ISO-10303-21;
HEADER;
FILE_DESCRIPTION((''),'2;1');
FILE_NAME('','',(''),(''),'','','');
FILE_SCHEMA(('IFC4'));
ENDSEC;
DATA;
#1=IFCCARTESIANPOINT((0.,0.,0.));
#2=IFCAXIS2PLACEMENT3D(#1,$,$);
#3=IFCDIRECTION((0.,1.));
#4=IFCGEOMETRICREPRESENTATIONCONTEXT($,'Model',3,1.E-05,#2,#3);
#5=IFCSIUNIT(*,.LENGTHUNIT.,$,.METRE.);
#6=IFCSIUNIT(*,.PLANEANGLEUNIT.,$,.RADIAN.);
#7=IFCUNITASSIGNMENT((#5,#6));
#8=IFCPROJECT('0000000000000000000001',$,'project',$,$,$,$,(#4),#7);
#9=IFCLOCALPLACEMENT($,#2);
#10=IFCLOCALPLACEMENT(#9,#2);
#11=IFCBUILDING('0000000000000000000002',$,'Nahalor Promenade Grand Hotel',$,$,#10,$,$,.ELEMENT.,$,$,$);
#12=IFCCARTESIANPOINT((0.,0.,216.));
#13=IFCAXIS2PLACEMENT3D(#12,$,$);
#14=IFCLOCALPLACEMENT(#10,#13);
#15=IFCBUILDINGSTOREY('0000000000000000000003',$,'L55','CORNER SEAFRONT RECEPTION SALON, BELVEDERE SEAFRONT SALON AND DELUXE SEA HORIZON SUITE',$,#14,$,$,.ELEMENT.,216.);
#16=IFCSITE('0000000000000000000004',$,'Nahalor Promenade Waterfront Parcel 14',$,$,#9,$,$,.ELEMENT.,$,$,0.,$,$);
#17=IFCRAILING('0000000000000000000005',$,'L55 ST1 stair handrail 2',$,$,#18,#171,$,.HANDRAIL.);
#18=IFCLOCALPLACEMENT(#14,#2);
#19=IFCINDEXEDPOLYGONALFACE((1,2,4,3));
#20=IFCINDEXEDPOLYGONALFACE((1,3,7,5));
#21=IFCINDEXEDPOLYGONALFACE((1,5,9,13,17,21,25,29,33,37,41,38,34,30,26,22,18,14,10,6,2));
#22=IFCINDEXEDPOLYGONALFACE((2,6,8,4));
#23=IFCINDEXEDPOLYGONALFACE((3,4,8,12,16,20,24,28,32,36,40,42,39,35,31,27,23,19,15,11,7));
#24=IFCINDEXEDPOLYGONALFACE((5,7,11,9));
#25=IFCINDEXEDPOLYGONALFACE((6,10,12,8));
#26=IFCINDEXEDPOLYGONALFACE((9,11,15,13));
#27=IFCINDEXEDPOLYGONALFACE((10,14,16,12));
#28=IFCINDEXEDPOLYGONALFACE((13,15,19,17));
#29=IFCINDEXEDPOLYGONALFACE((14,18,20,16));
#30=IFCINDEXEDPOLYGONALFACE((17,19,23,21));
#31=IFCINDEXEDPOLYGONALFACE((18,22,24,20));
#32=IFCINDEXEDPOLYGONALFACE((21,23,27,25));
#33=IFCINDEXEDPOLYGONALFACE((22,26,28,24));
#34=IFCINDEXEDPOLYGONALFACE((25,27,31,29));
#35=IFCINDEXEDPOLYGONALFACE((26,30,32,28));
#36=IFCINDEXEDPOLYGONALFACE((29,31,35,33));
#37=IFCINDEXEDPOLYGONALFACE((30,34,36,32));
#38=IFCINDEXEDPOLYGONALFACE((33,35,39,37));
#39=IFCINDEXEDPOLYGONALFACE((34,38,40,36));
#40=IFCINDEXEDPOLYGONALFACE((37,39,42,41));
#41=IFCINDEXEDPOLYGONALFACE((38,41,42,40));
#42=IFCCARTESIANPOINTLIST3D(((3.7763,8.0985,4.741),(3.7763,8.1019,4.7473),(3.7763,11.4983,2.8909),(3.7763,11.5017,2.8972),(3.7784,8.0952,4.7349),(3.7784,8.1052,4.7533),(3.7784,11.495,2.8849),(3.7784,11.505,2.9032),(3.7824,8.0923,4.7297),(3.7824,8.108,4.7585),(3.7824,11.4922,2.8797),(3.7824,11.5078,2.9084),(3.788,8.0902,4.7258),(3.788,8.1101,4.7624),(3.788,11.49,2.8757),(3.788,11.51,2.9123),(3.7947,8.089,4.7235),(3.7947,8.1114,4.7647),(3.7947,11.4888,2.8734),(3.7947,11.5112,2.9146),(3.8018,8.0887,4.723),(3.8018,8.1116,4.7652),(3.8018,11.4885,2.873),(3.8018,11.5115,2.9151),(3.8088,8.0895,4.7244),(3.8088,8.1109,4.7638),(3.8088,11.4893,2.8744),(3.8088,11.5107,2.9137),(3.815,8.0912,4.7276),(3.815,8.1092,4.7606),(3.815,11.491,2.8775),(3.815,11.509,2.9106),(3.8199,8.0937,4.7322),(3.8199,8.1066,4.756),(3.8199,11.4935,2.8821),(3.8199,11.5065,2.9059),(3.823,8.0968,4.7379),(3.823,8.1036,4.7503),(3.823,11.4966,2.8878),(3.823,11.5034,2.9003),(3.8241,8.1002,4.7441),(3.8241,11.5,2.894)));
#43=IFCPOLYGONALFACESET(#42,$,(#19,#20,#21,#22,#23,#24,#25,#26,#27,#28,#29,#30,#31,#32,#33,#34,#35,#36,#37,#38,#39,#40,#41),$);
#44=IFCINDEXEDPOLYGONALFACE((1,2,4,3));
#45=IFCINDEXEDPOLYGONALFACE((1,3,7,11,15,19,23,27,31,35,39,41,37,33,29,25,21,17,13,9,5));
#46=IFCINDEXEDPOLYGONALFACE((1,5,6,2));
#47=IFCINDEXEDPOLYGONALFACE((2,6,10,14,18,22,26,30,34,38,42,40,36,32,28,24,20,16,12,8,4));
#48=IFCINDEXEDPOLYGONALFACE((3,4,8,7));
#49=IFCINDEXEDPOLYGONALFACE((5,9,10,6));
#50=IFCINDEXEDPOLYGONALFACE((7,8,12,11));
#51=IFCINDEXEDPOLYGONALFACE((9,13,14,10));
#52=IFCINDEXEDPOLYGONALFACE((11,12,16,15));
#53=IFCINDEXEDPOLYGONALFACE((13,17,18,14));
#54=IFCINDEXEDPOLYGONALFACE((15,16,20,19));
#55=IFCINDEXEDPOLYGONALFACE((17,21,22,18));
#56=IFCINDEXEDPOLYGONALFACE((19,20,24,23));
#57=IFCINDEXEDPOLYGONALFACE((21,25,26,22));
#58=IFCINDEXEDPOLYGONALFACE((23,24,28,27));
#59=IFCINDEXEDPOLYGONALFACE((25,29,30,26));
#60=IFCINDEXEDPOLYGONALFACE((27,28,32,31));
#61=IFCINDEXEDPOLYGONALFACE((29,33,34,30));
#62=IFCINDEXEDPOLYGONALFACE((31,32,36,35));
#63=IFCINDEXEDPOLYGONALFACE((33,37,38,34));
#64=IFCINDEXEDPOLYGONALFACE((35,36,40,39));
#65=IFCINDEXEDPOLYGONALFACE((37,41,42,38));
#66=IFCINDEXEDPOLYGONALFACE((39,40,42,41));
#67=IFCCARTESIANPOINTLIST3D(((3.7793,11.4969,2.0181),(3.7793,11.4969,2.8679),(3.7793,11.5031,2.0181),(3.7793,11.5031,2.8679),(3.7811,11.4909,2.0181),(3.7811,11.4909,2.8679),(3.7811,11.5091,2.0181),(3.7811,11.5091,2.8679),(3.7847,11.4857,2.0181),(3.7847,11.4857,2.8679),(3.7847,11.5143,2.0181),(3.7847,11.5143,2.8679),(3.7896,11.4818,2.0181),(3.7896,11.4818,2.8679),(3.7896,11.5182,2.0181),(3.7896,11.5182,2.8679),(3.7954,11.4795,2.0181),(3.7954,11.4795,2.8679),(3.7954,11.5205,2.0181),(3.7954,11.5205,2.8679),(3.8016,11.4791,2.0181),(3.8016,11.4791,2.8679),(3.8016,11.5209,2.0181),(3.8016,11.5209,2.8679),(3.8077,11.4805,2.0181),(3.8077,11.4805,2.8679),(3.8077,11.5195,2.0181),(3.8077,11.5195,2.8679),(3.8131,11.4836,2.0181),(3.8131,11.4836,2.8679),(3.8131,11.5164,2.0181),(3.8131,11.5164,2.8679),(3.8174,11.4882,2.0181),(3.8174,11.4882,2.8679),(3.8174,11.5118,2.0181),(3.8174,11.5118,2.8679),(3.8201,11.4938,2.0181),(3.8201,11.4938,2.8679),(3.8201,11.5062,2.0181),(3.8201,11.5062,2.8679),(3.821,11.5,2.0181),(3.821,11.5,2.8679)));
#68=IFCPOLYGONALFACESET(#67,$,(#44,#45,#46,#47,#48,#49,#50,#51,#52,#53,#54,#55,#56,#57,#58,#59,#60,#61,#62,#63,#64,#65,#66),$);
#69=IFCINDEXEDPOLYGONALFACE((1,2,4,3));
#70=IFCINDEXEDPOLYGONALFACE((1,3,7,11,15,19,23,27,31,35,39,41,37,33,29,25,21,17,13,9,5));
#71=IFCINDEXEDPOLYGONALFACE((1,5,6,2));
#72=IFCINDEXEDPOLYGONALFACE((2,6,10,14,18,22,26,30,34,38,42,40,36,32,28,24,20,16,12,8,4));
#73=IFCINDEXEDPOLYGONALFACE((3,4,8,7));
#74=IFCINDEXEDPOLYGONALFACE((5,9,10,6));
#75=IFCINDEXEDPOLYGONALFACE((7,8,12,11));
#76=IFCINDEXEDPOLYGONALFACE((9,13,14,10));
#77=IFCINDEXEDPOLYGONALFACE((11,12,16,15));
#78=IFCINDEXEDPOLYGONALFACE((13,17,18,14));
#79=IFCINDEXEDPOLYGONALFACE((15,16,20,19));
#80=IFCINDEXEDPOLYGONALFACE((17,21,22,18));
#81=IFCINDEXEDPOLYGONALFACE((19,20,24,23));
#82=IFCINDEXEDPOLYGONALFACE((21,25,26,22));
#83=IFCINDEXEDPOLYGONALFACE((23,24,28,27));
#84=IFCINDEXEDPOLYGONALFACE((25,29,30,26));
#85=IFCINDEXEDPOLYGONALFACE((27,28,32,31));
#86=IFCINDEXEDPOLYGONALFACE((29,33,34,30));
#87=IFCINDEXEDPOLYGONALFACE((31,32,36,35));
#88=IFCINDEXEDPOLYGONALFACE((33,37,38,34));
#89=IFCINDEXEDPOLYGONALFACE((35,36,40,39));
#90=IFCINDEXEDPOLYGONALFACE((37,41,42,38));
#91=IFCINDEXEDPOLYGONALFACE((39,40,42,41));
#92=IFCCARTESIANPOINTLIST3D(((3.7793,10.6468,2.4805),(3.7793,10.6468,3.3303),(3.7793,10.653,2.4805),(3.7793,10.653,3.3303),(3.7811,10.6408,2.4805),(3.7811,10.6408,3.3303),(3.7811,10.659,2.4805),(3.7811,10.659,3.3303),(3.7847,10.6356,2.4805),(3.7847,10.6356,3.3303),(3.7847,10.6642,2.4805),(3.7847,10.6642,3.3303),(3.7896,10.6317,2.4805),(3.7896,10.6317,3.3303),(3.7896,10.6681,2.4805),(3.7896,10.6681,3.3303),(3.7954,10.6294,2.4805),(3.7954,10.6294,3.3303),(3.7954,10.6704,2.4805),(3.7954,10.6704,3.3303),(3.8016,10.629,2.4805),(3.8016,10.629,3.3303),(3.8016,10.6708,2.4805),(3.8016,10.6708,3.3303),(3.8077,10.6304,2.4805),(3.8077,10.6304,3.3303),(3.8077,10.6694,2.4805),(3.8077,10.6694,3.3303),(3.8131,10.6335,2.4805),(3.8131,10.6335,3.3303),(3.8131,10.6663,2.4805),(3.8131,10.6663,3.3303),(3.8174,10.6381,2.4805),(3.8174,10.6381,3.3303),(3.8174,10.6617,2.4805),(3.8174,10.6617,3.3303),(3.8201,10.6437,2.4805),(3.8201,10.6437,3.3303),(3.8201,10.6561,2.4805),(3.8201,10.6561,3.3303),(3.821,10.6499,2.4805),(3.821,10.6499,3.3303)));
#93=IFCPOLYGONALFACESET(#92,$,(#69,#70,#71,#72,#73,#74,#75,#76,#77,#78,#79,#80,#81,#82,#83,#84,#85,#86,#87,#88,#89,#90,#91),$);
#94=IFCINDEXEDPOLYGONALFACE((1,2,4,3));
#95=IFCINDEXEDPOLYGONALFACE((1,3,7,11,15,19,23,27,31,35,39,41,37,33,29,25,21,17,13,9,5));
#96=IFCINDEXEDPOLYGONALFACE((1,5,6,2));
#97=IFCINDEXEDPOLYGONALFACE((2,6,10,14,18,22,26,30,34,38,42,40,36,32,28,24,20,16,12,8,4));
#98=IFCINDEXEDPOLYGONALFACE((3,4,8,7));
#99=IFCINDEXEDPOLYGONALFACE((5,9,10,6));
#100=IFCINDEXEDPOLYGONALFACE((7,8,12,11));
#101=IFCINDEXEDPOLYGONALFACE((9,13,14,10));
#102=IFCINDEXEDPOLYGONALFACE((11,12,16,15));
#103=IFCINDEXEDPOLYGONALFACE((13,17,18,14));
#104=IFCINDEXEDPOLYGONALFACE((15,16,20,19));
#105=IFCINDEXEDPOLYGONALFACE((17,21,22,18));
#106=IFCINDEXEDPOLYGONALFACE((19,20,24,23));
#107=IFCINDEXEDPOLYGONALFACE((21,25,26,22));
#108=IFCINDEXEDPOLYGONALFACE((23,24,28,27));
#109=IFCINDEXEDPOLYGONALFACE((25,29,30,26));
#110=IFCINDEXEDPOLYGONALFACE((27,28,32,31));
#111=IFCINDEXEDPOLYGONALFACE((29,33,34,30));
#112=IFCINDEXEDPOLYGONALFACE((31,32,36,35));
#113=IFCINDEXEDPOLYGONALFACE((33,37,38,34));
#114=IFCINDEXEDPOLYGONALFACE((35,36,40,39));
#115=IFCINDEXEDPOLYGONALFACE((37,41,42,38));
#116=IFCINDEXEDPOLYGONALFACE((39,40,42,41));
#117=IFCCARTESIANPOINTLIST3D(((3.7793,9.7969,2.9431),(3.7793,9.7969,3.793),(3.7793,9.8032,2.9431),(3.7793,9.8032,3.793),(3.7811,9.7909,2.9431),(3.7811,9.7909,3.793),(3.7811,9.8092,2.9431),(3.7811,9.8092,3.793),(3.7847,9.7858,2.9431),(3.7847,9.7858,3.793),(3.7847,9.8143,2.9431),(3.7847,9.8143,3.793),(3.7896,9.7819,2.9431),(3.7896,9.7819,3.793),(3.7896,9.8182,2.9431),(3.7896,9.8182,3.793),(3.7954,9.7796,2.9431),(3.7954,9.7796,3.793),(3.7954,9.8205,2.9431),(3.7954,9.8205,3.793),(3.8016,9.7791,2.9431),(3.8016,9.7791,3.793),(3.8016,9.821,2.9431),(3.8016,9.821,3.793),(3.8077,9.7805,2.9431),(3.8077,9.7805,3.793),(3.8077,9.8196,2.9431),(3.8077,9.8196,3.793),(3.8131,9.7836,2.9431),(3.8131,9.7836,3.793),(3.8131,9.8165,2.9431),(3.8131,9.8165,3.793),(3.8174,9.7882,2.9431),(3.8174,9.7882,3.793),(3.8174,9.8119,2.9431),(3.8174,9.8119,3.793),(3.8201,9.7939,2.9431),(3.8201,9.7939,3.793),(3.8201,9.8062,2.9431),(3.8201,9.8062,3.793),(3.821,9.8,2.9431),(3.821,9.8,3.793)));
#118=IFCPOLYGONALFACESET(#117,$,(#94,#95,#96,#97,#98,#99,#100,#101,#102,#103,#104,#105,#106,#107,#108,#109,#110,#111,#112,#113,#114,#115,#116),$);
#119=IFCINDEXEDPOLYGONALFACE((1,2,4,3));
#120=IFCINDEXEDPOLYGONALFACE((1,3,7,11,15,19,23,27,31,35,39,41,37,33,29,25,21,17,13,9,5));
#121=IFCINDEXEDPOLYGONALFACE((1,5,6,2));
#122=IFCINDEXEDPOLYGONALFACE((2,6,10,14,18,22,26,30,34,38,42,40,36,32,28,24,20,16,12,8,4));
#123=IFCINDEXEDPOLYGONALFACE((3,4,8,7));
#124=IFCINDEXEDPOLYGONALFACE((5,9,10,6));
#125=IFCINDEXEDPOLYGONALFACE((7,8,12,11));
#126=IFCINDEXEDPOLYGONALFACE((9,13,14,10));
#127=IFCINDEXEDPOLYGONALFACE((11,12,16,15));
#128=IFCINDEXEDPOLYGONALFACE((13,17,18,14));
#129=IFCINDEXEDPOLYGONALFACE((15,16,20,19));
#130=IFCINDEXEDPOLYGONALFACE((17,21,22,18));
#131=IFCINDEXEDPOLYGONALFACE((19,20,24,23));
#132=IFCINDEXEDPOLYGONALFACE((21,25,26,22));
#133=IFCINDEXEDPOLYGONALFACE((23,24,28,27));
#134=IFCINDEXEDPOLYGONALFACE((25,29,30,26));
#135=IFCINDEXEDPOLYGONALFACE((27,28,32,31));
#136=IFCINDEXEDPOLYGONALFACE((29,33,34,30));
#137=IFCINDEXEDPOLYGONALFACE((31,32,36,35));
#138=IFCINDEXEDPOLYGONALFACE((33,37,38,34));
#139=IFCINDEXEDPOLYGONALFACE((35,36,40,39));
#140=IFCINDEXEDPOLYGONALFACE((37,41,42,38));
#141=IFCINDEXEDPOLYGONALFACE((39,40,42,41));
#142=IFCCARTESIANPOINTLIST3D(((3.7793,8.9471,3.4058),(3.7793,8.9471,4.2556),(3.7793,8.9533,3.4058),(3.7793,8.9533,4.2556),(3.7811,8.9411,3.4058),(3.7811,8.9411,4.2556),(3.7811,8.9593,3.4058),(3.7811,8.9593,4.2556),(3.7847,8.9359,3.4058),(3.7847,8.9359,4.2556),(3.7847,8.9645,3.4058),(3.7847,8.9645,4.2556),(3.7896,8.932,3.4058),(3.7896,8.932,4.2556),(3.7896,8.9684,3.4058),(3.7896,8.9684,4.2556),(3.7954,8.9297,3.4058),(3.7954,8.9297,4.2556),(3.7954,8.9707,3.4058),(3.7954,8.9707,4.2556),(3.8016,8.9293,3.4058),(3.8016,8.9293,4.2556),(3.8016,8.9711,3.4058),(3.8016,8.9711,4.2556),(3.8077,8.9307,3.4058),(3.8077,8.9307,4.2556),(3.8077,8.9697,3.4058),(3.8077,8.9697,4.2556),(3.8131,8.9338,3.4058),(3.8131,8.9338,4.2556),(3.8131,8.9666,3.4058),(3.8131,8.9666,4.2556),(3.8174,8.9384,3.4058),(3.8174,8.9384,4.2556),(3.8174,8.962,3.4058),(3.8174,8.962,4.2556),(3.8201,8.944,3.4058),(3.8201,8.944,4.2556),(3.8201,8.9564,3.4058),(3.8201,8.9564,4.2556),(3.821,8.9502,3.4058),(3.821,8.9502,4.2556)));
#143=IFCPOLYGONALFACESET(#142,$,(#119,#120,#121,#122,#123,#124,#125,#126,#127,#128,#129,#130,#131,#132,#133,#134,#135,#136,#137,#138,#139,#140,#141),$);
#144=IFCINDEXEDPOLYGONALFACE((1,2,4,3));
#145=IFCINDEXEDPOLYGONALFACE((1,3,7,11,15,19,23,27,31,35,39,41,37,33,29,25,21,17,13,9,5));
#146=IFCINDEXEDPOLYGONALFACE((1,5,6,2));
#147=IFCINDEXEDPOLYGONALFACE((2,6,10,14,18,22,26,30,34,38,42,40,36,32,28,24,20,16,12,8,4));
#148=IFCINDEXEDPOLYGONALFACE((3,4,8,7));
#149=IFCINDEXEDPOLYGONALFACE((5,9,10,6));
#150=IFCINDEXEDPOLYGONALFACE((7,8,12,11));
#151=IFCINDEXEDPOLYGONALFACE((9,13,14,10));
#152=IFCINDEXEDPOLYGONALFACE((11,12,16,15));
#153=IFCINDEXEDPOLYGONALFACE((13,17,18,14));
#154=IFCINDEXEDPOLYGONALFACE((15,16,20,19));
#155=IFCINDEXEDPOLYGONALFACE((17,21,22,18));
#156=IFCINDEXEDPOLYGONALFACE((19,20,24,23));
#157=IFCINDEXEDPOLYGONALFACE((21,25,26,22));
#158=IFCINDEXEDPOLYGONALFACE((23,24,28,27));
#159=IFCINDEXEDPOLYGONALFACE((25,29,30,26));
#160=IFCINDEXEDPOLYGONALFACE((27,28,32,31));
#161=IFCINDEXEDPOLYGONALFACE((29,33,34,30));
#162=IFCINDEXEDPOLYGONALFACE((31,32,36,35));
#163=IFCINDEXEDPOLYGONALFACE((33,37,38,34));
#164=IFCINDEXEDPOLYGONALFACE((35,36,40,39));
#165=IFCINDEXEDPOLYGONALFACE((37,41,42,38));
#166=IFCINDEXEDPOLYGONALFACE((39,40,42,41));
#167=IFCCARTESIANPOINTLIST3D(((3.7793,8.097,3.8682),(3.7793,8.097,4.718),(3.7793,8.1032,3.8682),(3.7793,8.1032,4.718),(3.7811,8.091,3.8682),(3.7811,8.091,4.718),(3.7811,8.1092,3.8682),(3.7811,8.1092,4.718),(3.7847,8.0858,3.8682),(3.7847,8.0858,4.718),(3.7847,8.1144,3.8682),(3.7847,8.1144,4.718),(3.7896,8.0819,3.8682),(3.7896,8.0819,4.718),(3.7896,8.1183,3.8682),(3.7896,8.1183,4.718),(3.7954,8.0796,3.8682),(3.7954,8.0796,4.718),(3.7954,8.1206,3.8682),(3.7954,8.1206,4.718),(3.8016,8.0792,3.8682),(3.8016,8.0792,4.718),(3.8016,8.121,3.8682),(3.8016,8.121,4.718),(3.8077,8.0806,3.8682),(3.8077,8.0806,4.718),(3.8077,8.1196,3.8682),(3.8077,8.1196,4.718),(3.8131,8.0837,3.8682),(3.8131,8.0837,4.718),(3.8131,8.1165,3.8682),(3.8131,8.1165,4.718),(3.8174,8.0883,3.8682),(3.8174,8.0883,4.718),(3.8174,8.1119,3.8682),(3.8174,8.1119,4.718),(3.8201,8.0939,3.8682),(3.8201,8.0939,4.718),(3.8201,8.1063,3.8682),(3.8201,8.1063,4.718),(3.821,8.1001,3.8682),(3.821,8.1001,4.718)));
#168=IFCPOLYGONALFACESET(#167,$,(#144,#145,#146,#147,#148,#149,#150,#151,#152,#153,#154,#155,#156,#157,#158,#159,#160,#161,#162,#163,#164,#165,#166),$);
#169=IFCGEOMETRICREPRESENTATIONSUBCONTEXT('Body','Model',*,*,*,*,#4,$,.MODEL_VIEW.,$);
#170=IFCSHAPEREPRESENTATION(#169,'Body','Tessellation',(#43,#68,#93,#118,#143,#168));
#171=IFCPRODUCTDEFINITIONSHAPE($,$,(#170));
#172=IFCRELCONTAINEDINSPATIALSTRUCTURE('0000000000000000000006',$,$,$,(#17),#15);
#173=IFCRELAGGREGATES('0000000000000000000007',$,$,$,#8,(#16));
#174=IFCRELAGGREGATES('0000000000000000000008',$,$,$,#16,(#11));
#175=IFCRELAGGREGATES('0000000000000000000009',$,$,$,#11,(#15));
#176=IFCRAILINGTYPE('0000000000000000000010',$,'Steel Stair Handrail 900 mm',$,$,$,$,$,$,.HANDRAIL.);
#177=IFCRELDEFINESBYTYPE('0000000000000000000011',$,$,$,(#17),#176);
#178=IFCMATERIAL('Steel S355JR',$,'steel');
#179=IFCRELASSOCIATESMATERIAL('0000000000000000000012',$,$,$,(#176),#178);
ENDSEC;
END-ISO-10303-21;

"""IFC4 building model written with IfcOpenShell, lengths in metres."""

from ifc_helpers import new_model, si_unit, direction, frame, origin, origin_2d, place, context, subcontext, project, spatial, circle, extrude, material, type_object, element, save


model = new_model("IFC4")

# Units and contexts
model_context = context("Model", 3, precision=1e-05, world=origin(), true_north=direction((0.0, 1.0)))
body_context = subcontext(model_context, "Body", "Model", "MODEL_VIEW")
ifc_project = project(units=[si_unit("LENGTHUNIT", "METRE"), si_unit("PLANEANGLEUNIT", "RADIAN")], contexts=[model_context])

# Site, building, storey
site_placement = place(None, origin())
site = spatial("IfcSite", under=ifc_project, at=site_placement, Name="Nahalor Promenade Waterfront Parcel 14", CompositionType="ELEMENT", RefElevation=0.0)
building_placement = place(site_placement, origin())
building = spatial("IfcBuilding", under=site, at=building_placement, Name="Nahalor Promenade Grand Hotel", CompositionType="ELEMENT")
storey_placement = place(building_placement, frame((0.0, 0.0, 216.0)))
storey = spatial("IfcBuildingStorey", under=building, at=storey_placement, Name="L55", Description="CORNER SEAFRONT RECEPTION SALON, BELVEDERE SEAFRONT SALON AND DELUXE SEA HORIZON SUITE", CompositionType="ELEMENT", Elevation=216.0)

# Shared definitions
ifc_material_1 = material(Name="Steel S355JR", Category="steel")

# Railing
railing_type_1 = type_object("IfcRailingType", Name="Steel Stair Handrail 900 mm", PredefinedType="HANDRAIL", material=ifc_material_1)
railing_1_placement = place(storey_placement, frame((3.8, 11.5, 2.0181)))
element("IfcRailing", 1, at=railing_1_placement, inside=storey, type_object=railing_type_1, Name="L55 ST1 stair handrail 2", PredefinedType="HANDRAIL", context=body_context, shape_type="SweptSolid", body=[
    extrude(circle(Radius=0.024, at=origin_2d()), frame((0.0, 0.0, 0.876), z_axis=(0.0, -0.878372, 0.477977), x_axis=(1.0, 0.0, 0.0)), (0.0, 0.0, 1.0), 3.8706),
    extrude(circle(Radius=0.021, at=origin_2d()), origin(), (0.0, 0.0, 1.0), 0.8499),
    extrude(circle(Radius=0.021, at=origin_2d()), frame((0.0, -0.8501, 0.4624)), (0.0, 0.0, 1.0), 0.8499),
    extrude(circle(Radius=0.021, at=origin_2d()), frame((0.0, -1.7, 0.925)), (0.0, 0.0, 1.0), 0.8499),
    extrude(circle(Radius=0.021, at=origin_2d()), frame((0.0, -2.5498, 1.3877)), (0.0, 0.0, 1.0), 0.8499),
    extrude(circle(Radius=0.021, at=origin_2d()), frame((0.0, -3.3999, 1.8501)), (0.0, 0.0, 1.0), 0.8499),
])

save(model, "model.ifc")
